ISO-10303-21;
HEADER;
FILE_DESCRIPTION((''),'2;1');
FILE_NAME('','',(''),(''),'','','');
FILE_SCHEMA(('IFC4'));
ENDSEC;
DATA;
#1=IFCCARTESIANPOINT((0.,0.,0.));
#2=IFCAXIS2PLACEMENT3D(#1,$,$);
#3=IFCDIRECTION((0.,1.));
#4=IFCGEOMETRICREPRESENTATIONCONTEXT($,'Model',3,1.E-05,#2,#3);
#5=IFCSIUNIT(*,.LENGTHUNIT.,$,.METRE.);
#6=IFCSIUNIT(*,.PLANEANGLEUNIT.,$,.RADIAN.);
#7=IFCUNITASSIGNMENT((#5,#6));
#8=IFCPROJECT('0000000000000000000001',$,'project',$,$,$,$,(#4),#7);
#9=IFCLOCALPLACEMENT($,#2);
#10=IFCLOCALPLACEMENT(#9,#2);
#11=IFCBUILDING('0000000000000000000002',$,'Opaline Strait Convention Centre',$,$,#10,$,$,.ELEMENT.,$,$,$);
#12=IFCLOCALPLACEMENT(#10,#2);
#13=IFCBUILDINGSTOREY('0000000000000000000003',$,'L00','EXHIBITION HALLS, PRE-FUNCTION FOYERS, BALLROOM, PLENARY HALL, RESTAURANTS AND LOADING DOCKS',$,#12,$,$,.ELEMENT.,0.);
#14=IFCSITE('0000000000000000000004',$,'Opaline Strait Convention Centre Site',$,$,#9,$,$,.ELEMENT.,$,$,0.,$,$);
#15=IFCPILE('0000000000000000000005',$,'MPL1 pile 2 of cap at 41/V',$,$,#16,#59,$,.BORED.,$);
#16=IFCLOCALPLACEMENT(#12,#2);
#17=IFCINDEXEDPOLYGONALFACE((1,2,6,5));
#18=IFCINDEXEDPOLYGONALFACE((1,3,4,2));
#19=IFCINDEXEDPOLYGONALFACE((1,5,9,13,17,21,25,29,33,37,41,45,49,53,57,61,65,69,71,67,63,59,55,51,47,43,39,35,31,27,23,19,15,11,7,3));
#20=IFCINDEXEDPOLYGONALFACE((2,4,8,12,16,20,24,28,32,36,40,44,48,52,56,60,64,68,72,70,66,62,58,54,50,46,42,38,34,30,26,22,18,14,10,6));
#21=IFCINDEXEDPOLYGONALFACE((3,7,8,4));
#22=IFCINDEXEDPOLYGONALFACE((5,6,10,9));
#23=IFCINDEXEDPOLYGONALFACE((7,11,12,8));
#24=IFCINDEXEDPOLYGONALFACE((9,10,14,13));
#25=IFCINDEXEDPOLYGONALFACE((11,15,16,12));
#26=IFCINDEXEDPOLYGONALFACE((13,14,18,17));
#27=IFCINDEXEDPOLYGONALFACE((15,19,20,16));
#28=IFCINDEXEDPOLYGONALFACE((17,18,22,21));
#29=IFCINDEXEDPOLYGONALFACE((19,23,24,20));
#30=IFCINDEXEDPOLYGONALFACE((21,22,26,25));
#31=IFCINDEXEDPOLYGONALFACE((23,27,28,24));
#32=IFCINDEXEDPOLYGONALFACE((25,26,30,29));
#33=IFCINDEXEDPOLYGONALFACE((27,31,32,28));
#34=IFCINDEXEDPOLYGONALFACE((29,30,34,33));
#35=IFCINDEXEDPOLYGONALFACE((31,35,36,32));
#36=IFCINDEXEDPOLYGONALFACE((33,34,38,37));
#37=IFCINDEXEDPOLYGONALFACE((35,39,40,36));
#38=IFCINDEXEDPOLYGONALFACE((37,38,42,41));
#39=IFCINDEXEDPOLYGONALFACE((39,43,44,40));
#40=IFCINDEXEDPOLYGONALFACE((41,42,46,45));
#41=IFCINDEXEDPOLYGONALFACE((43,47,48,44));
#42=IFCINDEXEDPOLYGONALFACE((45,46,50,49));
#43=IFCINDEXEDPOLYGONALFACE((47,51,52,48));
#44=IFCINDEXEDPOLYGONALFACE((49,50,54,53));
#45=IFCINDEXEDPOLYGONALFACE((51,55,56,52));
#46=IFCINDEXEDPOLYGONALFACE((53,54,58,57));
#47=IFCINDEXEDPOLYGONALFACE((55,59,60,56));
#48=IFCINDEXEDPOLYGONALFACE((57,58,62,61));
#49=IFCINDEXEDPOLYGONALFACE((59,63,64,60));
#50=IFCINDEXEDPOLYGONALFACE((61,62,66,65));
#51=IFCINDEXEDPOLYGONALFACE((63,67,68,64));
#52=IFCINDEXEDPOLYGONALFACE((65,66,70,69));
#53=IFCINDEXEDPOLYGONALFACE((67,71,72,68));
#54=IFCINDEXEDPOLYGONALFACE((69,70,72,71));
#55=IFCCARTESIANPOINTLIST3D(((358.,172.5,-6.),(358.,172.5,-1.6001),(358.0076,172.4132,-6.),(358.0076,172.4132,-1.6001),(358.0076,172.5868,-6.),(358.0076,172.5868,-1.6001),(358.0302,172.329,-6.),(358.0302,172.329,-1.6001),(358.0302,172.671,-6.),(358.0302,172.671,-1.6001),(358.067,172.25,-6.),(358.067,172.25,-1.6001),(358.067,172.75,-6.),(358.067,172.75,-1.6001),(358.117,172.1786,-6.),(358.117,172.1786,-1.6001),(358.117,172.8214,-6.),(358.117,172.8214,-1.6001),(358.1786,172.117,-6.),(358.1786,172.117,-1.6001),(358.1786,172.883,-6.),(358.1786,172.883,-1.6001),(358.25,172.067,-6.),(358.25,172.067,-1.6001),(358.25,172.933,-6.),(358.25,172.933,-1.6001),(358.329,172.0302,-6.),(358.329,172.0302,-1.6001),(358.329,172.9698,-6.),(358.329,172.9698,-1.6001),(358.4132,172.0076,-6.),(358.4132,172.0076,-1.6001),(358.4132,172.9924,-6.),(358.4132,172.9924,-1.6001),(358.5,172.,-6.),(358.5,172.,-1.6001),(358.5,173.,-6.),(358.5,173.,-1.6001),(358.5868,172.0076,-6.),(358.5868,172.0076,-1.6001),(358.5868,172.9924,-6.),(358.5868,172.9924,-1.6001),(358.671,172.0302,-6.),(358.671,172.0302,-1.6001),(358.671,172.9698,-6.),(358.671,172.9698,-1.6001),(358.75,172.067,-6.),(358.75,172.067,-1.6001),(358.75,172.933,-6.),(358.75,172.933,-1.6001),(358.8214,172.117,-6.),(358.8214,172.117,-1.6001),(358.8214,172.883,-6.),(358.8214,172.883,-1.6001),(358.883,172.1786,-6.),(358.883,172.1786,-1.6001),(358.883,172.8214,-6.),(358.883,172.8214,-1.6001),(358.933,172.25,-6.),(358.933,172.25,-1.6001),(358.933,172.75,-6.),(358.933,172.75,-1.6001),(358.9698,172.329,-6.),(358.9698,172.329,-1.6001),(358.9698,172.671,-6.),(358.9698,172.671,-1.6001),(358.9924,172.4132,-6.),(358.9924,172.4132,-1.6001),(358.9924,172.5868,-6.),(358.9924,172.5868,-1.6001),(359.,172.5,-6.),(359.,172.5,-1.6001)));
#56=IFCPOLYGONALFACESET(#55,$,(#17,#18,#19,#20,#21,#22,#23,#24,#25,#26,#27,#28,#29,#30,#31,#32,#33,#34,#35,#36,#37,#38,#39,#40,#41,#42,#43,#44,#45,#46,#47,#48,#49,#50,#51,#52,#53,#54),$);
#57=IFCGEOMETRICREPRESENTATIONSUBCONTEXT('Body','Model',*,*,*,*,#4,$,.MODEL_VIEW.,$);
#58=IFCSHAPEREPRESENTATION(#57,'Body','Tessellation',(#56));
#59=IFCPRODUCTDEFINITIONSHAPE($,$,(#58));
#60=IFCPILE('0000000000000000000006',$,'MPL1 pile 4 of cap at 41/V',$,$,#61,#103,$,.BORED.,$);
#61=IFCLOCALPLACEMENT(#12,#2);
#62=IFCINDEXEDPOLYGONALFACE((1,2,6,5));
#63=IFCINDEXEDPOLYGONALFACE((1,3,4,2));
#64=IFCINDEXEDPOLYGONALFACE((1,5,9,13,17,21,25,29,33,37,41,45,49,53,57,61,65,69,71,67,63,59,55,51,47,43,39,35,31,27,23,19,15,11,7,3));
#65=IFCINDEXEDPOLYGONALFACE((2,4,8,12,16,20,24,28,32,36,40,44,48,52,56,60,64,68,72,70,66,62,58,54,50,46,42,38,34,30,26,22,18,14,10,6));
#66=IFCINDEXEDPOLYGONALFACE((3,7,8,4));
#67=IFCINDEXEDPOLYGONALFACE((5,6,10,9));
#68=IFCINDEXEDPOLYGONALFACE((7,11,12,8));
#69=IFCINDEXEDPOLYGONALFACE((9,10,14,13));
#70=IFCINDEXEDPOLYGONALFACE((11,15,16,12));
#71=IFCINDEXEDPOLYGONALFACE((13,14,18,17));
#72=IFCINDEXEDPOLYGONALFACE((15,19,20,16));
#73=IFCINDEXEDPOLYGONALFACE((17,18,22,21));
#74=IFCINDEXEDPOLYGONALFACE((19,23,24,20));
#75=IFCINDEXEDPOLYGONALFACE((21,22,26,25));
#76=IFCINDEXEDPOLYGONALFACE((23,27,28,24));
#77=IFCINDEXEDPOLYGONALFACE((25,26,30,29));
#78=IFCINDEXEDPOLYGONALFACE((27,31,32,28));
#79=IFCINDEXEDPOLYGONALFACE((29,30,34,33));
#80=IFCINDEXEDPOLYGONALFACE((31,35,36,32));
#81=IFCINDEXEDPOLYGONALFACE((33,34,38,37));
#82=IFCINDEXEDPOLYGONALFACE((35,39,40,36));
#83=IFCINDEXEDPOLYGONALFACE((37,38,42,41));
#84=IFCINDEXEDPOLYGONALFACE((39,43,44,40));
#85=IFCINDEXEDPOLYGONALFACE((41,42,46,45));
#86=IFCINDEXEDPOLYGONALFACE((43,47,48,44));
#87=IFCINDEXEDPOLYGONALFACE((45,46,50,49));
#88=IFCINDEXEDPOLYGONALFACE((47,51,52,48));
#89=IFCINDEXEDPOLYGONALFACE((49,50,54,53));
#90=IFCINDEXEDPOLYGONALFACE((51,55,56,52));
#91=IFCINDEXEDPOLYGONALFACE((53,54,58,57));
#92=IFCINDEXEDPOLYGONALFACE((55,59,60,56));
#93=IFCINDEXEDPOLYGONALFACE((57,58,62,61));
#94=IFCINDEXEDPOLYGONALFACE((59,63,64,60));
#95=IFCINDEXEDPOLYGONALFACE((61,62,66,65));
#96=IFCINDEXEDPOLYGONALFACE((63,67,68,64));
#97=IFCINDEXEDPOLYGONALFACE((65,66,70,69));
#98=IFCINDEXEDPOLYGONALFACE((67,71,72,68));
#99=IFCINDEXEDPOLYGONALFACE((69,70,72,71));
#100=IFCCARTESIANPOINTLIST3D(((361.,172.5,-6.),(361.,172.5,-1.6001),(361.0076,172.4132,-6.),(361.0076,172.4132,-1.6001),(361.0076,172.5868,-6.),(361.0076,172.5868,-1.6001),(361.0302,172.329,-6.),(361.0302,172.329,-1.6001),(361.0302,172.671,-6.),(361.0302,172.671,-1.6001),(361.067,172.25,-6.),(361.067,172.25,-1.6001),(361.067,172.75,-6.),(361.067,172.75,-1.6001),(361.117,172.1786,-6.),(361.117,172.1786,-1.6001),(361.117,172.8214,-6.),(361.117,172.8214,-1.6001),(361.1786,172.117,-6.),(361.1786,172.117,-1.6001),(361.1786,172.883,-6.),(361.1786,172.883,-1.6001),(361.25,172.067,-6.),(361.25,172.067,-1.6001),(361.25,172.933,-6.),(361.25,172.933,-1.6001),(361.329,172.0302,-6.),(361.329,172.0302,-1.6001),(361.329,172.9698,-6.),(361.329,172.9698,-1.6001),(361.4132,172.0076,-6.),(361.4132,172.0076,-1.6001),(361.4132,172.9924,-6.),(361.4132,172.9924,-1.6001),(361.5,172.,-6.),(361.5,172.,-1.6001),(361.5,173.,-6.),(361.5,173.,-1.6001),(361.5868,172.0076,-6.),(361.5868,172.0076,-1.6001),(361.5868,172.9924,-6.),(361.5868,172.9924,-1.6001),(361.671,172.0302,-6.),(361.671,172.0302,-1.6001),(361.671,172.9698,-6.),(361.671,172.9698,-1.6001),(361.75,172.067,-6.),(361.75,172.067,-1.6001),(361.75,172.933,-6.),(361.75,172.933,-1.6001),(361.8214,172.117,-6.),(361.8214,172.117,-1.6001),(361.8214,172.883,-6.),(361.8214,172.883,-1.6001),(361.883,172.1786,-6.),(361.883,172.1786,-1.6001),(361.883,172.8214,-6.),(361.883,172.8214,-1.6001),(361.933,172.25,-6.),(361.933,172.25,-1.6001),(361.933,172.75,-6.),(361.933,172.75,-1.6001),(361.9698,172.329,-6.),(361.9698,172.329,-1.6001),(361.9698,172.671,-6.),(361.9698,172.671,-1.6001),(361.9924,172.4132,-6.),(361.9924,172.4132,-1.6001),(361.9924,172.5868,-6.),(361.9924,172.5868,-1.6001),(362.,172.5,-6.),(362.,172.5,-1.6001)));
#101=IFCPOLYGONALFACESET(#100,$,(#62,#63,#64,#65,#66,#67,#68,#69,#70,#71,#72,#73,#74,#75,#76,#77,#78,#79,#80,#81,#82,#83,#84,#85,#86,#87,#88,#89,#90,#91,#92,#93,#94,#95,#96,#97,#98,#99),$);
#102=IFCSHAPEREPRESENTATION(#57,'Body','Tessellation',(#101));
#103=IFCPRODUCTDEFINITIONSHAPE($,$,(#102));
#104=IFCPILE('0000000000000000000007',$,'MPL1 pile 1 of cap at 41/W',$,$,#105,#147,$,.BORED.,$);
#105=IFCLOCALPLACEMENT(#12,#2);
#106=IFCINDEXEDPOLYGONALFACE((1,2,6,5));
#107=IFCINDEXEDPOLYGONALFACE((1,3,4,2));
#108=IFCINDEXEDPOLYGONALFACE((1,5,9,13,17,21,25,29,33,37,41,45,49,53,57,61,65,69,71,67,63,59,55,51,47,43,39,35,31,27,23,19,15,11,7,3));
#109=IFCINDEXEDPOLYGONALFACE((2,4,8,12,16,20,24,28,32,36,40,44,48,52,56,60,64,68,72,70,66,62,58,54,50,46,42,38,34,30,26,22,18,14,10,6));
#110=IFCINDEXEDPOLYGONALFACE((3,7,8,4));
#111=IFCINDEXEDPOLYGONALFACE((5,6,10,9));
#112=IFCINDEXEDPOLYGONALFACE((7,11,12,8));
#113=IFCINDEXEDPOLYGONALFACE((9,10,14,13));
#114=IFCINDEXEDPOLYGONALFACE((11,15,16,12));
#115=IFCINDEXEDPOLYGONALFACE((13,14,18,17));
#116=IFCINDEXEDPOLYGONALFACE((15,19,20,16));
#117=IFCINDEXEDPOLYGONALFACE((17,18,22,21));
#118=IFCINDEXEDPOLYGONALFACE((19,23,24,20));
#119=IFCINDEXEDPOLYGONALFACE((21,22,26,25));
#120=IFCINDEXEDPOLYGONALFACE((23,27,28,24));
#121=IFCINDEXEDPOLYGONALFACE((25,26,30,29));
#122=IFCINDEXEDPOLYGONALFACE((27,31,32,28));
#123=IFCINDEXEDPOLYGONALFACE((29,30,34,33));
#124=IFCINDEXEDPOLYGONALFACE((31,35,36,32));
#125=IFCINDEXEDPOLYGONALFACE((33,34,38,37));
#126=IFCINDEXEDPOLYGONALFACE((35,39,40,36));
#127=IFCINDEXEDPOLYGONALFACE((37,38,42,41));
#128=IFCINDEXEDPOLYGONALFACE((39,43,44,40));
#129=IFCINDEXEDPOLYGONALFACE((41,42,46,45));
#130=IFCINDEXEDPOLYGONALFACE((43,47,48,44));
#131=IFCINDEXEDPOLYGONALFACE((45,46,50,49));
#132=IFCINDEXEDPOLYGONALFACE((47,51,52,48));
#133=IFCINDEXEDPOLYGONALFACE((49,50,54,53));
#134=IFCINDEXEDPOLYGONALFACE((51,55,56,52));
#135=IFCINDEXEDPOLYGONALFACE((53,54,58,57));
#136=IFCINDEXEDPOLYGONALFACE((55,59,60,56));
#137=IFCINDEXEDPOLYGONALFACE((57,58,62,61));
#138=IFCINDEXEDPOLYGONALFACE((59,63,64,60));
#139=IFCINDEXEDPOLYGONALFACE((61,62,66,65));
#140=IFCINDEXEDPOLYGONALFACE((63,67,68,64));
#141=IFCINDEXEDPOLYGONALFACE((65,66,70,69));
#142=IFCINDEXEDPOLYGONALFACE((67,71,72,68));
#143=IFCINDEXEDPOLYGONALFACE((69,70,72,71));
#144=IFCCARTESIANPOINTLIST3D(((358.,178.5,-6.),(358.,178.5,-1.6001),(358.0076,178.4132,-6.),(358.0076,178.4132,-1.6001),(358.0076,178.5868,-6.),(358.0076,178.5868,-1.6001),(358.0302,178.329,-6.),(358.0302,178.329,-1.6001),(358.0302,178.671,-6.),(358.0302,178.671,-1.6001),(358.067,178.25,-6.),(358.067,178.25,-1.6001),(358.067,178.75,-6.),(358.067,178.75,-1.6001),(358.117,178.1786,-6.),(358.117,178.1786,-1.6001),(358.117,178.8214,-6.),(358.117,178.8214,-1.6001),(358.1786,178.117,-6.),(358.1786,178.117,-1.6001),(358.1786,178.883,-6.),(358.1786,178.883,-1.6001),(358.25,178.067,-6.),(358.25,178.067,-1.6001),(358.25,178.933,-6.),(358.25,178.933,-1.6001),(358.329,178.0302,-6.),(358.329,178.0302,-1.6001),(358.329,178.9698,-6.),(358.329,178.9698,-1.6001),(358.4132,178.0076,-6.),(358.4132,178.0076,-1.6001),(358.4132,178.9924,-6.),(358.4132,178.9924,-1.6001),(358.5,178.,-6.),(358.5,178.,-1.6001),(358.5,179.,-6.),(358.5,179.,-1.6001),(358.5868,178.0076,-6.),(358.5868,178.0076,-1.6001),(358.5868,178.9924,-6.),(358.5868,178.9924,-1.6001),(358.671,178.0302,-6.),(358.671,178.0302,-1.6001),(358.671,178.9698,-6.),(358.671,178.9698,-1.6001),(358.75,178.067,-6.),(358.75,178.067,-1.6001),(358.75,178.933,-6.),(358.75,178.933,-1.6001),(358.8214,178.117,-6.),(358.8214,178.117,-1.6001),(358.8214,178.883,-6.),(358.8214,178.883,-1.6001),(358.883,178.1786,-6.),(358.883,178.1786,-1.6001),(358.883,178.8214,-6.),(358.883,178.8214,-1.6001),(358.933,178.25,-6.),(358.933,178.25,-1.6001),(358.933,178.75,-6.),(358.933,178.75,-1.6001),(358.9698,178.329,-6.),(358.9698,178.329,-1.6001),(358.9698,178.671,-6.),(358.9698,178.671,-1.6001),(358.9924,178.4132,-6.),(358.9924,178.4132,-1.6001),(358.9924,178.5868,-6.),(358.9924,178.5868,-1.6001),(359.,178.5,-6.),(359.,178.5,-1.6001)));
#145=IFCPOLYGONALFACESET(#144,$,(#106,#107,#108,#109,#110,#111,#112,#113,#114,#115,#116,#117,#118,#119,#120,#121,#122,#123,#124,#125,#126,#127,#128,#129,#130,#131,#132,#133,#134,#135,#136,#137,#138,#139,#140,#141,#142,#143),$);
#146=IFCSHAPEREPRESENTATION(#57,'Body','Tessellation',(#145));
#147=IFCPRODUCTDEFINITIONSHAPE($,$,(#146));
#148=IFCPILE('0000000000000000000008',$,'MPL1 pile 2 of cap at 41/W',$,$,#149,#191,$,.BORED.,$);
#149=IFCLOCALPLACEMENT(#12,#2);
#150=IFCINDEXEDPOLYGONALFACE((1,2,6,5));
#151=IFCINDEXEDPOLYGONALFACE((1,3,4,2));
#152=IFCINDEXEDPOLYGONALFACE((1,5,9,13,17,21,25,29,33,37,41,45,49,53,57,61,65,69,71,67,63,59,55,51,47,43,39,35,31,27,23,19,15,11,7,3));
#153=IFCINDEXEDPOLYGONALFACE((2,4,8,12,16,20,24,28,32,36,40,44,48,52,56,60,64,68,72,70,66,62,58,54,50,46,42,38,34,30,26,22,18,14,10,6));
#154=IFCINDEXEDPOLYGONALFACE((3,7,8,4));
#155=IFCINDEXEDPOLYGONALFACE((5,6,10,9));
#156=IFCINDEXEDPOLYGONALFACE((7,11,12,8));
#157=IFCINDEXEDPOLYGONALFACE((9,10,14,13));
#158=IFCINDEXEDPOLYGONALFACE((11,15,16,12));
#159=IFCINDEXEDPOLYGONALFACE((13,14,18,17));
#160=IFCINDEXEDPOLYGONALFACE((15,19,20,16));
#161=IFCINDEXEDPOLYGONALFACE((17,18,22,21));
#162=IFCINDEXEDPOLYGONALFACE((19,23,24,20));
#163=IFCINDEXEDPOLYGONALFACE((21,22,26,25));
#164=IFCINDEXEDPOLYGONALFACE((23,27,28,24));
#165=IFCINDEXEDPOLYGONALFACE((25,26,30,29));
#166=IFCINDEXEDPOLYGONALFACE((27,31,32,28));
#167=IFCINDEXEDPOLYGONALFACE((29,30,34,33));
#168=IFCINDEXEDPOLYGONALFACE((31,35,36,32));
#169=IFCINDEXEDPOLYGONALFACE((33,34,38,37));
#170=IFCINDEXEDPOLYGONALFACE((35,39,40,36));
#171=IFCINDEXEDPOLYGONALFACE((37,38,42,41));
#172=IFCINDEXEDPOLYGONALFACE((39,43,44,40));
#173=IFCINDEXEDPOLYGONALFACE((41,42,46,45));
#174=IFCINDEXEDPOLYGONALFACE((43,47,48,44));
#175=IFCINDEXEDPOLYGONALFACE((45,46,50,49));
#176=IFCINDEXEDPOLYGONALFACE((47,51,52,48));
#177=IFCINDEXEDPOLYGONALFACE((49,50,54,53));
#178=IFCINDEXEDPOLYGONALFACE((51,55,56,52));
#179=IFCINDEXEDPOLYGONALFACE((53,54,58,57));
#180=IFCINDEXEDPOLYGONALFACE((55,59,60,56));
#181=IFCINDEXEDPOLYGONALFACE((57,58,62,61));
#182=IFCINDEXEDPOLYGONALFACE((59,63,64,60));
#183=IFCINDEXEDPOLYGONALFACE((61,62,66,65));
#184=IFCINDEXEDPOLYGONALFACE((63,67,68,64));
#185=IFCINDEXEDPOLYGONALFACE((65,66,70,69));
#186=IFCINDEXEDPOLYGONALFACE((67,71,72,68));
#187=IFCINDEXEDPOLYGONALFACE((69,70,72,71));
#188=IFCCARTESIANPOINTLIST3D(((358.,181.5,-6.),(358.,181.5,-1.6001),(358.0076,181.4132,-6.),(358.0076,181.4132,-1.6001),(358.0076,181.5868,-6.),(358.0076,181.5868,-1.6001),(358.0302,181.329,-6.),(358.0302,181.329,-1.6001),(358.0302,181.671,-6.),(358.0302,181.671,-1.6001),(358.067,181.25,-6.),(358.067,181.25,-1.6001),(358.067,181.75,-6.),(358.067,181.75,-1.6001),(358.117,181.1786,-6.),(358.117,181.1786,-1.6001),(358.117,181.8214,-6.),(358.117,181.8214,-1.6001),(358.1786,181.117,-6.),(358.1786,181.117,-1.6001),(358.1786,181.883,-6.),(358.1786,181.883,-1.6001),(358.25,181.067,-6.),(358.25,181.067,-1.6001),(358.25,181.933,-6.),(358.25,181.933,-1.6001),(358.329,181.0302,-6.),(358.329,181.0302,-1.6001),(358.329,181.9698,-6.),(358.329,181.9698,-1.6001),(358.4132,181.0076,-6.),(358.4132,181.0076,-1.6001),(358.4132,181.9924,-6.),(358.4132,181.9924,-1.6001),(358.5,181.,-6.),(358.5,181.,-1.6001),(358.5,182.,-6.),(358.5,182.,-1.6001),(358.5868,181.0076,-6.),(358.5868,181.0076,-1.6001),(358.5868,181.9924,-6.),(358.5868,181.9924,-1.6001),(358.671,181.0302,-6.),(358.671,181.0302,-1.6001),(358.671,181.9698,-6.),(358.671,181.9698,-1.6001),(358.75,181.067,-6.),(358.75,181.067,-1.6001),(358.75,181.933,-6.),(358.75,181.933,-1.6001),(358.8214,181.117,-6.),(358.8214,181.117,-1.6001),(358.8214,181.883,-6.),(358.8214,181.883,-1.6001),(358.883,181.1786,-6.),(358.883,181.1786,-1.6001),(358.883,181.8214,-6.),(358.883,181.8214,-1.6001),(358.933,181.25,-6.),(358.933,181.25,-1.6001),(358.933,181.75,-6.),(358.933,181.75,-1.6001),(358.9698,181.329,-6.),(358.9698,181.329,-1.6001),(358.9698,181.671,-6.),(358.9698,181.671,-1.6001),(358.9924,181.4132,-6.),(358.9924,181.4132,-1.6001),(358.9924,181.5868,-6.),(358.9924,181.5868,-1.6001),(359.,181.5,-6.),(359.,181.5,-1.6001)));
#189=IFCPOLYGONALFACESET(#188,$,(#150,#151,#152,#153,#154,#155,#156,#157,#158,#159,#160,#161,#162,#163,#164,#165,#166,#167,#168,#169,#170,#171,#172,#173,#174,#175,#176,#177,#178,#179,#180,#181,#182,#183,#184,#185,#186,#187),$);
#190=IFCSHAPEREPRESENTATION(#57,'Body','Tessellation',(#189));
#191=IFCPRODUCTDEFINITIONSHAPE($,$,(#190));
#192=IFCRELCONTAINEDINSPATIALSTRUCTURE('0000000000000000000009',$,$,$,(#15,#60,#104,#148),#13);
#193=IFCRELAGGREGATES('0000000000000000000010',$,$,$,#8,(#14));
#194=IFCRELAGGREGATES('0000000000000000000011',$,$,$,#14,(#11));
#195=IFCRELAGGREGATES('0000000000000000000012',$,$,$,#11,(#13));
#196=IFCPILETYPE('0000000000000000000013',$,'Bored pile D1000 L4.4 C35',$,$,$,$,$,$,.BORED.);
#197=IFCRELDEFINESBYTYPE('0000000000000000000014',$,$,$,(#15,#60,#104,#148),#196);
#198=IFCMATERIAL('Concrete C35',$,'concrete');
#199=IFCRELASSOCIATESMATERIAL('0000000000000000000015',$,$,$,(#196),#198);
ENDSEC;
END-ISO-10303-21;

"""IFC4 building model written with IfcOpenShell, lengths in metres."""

from ifc_helpers import new_model, si_unit, direction, frame, origin, origin_2d, place, context, subcontext, project, spatial, circle, extrude, material, material_profile, profile_set, type_object, element, save


model = new_model("IFC4")

# Units and contexts
model_context = context("Model", 3, precision=1e-05, world=origin(), true_north=direction((0.0, 1.0)))
body_context = subcontext(model_context, "Body", "Model", "MODEL_VIEW")
ifc_project = project(units=[si_unit("LENGTHUNIT", "METRE"), si_unit("PLANEANGLEUNIT", "RADIAN")], contexts=[model_context])

# Site, building, storey
site_placement = place(None, origin())
site = spatial("IfcSite", under=ifc_project, at=site_placement, Name="Opaline Strait Convention Centre Site", CompositionType="ELEMENT", RefElevation=0.0)
building_placement = place(site_placement, origin())
building = spatial("IfcBuilding", under=site, at=building_placement, Name="Opaline Strait Convention Centre", CompositionType="ELEMENT")
storey_placement = place(building_placement, origin())
storey = spatial("IfcBuildingStorey", under=building, at=storey_placement, Name="L00", Description="EXHIBITION HALLS, PRE-FUNCTION FOYERS, BALLROOM, PLENARY HALL, RESTAURANTS AND LOADING DOCKS", CompositionType="ELEMENT", Elevation=0.0)

# Piles
ifc_material_1 = material(Name="Concrete C35", Category="concrete")
ifc_material_profile_1 = material_profile(ifc_material_1, circle(Radius=0.5, at=origin_2d()), Name="D1000")
ifc_profile_set_1 = profile_set([ifc_material_profile_1], Name="Concrete C35")
pile_type = type_object("IfcPileType", Name="Bored pile D1000 L4.4 C35", PredefinedType="BORED", material=ifc_profile_set_1)
for number, where, z_axis, x_axis, name in (
    (1, (358.5, 172.5, -1.6001), (0.0, 0.0, -1.0), (1.0, 0.0, 0.0), "MPL1 pile 2 of cap at 41/V"),
    (2, (361.5, 172.5, -1.6001), (0.0, 0.0, -1.0), (1.0, 0.0, 0.0), "MPL1 pile 4 of cap at 41/V"),
    (3, (358.5, 178.5, -1.6001), (0.0, 0.0, -1.0), (1.0, 0.0, 0.0), "MPL1 pile 1 of cap at 41/W"),
    (4, (358.5, 181.5, -1.6001), (0.0, 0.0, -1.0), (1.0, 0.0, 0.0), "MPL1 pile 2 of cap at 41/W"),
):
    element("IfcPile", number, at=place(storey_placement, frame(where, z_axis=z_axis, x_axis=x_axis)), inside=storey, type_object=pile_type, Name=name, PredefinedType="BORED", context=body_context, shape_type="SweptSolid", body=[
        extrude(circle(Radius=0.5, at=origin_2d()), origin(), (0.0, 0.0, 1.0), 4.3999),
    ])

save(model, "model.ifc")
